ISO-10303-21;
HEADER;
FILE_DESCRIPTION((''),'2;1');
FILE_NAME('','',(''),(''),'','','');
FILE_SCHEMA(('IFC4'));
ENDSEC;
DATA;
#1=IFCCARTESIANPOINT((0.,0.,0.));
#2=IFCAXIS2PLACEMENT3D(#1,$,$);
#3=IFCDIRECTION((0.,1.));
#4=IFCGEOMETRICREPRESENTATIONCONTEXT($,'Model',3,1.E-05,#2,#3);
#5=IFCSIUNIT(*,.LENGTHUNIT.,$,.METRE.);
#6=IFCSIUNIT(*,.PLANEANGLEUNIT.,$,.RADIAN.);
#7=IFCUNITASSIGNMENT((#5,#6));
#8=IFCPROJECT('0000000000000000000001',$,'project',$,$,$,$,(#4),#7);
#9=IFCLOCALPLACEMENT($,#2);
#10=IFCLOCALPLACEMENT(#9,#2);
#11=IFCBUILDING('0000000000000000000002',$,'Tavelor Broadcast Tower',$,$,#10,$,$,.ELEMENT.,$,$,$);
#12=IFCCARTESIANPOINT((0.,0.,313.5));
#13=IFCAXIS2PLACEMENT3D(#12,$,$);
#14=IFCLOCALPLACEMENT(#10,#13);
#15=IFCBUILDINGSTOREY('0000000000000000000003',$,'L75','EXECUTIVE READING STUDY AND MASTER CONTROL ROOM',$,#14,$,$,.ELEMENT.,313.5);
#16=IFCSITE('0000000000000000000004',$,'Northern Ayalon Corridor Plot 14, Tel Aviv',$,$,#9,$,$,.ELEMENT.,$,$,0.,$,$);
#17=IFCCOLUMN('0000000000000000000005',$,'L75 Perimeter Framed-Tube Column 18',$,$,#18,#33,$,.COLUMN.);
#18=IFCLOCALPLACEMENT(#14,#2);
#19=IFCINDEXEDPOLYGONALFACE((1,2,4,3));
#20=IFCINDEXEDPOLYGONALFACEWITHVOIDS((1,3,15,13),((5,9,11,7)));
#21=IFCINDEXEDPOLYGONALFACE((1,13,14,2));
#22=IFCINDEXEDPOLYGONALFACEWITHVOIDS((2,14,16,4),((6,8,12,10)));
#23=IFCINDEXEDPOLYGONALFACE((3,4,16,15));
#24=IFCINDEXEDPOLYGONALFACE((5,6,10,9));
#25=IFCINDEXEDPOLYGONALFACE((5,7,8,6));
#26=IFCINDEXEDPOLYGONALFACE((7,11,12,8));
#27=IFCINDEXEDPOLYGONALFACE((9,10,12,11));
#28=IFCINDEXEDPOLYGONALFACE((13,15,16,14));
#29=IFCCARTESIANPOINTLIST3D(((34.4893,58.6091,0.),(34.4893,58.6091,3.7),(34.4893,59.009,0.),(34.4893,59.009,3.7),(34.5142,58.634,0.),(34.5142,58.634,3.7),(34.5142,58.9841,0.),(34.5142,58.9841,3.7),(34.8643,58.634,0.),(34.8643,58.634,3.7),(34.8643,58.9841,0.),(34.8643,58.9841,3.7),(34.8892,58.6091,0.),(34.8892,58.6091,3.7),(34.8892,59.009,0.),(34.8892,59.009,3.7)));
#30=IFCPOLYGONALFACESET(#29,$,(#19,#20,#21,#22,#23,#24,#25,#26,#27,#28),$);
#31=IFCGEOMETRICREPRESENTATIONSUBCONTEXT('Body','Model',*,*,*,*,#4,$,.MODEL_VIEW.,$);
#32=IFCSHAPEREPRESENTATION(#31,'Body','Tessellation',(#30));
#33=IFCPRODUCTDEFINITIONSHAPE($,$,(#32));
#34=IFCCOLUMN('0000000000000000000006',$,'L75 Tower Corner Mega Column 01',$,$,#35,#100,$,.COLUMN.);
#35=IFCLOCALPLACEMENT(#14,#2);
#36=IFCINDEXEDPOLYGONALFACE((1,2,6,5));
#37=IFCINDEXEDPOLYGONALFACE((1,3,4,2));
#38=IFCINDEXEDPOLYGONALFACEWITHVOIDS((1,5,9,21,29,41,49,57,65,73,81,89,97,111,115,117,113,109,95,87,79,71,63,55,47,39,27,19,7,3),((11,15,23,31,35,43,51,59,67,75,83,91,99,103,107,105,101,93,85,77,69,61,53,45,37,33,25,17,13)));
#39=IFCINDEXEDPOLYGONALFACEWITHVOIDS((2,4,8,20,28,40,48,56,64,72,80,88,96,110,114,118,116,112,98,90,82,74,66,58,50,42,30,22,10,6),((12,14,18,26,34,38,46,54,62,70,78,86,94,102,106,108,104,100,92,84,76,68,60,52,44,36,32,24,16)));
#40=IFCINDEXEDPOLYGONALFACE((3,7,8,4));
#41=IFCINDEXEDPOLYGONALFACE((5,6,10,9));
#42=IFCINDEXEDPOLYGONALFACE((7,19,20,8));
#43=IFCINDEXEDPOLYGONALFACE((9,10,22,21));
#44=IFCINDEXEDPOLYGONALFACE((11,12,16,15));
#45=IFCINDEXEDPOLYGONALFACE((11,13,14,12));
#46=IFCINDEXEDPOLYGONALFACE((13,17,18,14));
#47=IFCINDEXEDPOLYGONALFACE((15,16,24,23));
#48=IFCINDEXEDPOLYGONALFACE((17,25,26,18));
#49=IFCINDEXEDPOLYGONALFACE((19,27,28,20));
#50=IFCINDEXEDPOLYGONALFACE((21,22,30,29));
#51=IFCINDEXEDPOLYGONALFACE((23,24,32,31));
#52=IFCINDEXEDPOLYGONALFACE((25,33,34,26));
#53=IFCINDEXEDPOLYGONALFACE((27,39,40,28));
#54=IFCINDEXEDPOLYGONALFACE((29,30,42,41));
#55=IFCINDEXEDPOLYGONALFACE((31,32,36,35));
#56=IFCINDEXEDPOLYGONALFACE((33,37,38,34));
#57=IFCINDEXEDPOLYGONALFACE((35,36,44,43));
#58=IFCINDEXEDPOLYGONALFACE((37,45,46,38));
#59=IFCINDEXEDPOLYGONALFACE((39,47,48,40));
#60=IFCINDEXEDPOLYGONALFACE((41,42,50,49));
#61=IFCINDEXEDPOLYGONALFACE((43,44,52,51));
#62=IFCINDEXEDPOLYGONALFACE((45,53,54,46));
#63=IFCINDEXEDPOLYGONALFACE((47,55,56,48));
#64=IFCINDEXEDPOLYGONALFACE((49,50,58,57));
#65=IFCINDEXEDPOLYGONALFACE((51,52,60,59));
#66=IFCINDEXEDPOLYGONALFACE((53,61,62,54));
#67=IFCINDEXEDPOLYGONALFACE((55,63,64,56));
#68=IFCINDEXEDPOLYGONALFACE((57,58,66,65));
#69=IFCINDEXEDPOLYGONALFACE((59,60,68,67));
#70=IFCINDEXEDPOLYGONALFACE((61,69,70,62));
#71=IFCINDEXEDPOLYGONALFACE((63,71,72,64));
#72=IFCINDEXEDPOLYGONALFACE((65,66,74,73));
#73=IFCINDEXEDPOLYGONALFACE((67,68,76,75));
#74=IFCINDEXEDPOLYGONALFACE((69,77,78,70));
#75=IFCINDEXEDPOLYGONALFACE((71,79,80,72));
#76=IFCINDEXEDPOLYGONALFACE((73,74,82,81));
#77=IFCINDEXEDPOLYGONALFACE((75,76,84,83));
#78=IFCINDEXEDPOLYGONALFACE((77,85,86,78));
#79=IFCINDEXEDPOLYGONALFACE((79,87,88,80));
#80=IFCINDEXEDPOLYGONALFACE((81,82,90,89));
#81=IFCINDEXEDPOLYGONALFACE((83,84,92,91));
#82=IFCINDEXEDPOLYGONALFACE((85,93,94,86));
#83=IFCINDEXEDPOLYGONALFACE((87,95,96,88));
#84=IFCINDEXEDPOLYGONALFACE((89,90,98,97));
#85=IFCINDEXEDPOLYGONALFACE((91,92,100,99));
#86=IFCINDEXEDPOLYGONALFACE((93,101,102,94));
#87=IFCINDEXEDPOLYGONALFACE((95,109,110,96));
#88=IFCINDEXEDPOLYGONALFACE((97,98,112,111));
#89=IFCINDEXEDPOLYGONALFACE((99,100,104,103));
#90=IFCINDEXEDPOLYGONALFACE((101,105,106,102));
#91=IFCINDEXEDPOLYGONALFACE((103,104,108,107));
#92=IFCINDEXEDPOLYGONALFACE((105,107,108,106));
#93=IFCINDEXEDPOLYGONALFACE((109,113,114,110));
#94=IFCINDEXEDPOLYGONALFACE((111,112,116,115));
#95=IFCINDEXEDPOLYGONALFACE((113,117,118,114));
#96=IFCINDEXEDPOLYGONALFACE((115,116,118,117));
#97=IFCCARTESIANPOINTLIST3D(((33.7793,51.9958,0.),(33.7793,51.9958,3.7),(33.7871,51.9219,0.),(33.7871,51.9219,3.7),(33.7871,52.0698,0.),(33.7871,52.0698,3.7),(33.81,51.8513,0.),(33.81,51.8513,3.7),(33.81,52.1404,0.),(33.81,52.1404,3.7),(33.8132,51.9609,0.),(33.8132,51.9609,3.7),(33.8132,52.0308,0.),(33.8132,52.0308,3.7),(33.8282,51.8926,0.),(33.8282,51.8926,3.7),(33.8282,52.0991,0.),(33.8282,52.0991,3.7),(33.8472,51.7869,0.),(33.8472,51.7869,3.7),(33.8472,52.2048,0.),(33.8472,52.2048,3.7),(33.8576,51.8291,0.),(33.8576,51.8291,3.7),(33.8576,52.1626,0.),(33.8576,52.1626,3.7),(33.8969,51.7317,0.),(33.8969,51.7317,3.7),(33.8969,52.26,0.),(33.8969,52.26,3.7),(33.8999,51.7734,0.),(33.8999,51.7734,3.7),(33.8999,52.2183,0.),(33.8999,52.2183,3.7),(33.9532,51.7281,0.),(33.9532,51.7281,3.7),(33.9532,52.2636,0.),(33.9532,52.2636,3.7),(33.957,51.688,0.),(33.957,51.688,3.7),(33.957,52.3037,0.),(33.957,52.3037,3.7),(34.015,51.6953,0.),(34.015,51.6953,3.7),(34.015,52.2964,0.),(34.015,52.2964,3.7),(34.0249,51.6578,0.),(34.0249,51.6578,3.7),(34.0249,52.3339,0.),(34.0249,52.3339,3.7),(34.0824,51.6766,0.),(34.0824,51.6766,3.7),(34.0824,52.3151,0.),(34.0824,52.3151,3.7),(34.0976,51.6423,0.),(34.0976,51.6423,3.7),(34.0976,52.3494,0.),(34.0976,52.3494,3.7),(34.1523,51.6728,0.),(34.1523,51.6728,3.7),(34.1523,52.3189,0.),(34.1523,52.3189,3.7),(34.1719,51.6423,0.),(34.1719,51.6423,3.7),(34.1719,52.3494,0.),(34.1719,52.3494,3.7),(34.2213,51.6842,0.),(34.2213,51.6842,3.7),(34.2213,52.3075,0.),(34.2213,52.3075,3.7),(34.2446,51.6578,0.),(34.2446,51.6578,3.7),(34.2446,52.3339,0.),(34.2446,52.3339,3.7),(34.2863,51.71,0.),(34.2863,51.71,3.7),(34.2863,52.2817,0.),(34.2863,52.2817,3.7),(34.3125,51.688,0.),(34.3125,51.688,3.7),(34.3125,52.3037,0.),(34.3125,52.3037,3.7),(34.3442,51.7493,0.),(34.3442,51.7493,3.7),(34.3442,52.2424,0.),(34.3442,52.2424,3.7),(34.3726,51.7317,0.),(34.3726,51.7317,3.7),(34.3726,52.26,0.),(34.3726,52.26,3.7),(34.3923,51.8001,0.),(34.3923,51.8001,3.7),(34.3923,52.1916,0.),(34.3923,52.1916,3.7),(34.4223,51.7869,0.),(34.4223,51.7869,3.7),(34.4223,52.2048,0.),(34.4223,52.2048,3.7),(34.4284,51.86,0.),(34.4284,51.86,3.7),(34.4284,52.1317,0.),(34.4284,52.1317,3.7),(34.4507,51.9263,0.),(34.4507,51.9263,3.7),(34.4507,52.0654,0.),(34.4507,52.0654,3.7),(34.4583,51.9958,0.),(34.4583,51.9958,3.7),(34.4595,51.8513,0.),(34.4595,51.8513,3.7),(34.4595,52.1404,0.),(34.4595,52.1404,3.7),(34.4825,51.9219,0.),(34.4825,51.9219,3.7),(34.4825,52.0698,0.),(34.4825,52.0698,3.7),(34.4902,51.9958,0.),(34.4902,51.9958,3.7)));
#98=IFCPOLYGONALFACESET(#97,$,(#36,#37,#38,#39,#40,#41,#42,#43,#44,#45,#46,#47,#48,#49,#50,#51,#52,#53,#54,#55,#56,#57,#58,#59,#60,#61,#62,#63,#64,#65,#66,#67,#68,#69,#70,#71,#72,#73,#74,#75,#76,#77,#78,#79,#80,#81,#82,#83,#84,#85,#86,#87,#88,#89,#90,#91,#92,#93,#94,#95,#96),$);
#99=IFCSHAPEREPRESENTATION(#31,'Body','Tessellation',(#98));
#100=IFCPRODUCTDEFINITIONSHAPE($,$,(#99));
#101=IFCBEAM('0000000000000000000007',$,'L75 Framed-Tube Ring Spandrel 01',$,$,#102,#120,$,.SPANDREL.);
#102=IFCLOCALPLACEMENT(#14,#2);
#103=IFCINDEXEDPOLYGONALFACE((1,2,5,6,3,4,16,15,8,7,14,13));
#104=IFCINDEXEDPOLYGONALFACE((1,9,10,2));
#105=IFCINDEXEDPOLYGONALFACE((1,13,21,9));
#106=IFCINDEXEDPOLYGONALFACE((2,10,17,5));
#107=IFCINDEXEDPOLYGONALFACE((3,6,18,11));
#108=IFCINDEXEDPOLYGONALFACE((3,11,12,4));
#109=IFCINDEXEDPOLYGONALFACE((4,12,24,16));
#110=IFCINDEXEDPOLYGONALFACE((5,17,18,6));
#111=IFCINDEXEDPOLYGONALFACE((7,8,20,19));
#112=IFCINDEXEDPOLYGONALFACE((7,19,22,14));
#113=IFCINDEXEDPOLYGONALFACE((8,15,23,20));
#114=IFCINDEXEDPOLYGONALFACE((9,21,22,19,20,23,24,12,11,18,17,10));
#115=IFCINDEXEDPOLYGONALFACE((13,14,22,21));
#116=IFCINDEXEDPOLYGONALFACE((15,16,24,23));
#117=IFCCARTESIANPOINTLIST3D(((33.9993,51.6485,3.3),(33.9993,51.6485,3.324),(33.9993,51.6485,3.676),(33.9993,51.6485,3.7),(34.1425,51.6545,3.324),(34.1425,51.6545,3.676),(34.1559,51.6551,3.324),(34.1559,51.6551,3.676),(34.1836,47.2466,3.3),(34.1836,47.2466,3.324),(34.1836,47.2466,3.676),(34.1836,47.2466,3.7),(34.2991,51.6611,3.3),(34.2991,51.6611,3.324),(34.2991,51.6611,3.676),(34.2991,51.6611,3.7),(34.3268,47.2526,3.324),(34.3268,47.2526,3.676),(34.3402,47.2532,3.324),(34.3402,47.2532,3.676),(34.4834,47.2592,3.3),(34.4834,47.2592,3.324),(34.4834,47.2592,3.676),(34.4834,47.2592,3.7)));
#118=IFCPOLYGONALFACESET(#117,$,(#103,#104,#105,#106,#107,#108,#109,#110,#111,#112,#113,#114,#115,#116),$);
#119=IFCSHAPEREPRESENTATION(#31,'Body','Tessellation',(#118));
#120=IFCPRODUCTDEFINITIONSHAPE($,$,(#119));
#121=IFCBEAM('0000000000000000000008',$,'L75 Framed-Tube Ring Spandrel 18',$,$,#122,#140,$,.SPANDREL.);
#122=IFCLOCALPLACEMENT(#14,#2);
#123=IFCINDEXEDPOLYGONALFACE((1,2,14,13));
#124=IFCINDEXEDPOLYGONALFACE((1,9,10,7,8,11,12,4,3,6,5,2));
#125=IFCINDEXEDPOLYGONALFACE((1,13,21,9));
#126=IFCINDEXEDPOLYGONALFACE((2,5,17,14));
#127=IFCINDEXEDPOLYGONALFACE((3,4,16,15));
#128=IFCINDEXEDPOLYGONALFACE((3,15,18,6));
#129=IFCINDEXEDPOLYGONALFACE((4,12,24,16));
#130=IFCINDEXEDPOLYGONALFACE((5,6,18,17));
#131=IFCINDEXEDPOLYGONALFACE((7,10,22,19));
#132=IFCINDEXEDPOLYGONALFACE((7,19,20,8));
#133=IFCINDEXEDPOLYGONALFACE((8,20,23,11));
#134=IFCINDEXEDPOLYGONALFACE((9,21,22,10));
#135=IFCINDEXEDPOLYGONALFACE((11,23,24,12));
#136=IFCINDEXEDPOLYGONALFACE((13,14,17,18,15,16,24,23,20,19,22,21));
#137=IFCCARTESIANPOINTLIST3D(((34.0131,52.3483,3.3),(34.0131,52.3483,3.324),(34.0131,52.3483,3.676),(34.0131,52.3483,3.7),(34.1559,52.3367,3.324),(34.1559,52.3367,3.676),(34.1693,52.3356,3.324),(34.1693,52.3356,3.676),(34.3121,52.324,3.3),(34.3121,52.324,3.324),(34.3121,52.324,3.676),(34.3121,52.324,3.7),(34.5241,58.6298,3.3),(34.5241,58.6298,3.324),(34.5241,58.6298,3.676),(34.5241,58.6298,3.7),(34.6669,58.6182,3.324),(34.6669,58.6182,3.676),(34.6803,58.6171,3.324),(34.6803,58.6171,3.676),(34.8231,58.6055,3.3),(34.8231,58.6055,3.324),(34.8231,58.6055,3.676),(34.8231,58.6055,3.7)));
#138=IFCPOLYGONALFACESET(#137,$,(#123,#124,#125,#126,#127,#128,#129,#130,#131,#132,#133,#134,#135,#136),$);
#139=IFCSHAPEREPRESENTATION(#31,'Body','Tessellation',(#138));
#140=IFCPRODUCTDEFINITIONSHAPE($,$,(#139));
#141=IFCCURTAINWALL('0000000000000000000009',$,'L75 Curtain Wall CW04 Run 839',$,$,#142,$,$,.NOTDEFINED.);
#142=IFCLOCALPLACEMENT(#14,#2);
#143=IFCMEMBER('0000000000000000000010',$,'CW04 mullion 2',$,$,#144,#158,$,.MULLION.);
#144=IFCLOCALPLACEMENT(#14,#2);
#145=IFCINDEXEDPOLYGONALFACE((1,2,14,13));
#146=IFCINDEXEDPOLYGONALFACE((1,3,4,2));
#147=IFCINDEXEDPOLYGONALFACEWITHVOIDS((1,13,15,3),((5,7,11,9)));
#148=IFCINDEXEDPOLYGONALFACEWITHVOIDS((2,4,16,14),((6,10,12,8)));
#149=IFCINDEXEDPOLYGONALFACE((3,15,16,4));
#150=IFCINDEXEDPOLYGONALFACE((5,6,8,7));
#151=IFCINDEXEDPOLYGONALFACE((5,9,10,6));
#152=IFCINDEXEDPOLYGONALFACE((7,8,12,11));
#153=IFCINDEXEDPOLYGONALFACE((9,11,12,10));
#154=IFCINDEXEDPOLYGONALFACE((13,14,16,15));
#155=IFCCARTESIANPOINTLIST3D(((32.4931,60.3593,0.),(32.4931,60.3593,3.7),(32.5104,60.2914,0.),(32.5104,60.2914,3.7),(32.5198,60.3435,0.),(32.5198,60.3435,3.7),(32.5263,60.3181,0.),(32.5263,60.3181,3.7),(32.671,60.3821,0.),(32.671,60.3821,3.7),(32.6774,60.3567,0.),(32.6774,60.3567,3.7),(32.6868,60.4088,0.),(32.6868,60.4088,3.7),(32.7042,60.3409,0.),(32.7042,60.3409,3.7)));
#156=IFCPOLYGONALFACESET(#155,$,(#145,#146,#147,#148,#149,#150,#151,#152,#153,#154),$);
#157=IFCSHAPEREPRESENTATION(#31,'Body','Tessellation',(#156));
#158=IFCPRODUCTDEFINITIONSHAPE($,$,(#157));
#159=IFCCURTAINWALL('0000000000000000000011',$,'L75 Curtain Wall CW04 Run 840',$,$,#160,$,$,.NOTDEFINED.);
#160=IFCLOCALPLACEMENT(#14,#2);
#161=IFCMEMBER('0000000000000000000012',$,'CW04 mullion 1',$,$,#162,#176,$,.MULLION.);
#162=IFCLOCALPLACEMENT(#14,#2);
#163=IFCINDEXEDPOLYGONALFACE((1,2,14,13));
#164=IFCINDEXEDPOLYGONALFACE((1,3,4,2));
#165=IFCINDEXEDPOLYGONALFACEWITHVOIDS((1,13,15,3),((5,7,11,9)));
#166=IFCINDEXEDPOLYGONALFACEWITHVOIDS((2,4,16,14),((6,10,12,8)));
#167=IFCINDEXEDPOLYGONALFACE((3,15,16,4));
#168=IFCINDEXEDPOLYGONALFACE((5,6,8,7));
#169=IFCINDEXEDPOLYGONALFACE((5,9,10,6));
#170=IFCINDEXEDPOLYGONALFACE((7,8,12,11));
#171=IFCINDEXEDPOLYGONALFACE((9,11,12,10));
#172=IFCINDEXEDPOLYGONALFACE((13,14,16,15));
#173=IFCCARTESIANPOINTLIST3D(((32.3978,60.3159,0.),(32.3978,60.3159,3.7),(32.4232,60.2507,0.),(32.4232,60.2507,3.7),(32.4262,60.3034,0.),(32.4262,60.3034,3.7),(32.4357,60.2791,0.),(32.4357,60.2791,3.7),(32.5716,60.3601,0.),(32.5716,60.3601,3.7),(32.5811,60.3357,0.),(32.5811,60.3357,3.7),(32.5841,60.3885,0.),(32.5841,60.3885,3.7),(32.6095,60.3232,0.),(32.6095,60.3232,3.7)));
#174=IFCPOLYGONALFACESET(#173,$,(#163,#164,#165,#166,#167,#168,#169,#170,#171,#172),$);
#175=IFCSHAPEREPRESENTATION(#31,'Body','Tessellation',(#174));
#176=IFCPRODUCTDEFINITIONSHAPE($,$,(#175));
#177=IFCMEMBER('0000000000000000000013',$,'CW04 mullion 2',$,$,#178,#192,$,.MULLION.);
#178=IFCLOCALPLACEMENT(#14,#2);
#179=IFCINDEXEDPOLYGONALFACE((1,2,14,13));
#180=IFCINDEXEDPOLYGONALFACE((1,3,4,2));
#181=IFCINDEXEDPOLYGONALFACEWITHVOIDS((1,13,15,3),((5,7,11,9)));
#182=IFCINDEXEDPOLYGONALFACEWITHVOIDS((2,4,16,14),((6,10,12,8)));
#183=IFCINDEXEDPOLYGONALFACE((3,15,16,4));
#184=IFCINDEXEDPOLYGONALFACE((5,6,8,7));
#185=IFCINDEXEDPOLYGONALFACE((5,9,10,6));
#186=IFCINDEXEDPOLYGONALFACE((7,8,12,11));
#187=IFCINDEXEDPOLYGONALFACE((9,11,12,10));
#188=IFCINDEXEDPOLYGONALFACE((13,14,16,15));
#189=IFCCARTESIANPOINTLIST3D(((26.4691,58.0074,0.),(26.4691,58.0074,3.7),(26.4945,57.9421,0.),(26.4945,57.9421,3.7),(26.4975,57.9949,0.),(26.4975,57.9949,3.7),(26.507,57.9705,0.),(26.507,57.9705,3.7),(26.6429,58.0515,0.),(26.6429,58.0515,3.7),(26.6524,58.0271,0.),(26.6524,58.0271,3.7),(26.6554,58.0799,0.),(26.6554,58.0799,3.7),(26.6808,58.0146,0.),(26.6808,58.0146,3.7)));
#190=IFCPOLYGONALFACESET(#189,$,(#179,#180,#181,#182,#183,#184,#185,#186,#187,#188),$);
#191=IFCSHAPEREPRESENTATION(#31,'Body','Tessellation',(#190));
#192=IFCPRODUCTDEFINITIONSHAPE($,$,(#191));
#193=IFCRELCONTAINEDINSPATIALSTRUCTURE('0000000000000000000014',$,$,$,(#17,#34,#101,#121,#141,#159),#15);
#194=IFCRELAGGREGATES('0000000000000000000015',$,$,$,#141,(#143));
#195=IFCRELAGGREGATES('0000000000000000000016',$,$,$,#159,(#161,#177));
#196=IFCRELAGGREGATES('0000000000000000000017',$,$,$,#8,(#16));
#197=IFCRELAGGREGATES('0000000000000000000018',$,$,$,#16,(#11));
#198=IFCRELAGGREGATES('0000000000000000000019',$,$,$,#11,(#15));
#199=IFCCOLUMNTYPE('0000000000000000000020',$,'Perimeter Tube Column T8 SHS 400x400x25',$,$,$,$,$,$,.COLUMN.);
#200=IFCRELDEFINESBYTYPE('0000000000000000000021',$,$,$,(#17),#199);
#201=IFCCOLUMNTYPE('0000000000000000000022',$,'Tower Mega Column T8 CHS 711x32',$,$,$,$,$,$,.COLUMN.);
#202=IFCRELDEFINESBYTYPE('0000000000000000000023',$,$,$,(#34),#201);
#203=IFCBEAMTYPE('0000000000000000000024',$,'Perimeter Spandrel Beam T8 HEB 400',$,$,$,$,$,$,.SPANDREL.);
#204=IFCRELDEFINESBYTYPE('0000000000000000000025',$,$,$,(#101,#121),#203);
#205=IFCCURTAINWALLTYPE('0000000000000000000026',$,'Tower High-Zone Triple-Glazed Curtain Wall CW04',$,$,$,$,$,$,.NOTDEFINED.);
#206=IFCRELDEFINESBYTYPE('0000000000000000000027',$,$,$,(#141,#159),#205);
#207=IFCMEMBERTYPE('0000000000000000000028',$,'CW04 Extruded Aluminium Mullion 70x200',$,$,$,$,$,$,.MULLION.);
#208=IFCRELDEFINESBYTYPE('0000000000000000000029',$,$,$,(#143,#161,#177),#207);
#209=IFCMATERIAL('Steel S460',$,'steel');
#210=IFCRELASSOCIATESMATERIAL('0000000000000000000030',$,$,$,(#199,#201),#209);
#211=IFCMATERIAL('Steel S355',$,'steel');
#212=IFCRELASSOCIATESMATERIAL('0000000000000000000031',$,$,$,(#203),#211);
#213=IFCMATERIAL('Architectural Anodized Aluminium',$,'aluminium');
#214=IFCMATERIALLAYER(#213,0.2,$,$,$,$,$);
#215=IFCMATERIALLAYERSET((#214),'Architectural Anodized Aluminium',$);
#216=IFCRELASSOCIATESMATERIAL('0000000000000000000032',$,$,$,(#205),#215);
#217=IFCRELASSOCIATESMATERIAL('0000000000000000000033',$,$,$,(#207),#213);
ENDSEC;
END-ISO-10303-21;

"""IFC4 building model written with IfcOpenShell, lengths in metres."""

from ifc_helpers import new_model, si_unit, direction, frame, origin, origin_2d, place, context, subcontext, project, spatial, hollow_rectangle, hollow_circle, i_section, extrude, source, transform, mapped, material, layer, layer_set, material_profile, profile_set, type_object, type_shapes, element, aggregate, save


model = new_model("IFC4")

# Units and contexts
model_context = context("Model", 3, precision=1e-05, world=origin(), true_north=direction((0.0, 1.0)))
body_context = subcontext(model_context, "Body", "Model", "MODEL_VIEW")
ifc_project = project(units=[si_unit("LENGTHUNIT", "METRE"), si_unit("PLANEANGLEUNIT", "RADIAN")], contexts=[model_context])

# Site, building, storey
site_placement = place(None, origin())
site = spatial("IfcSite", under=ifc_project, at=site_placement, Name="Northern Ayalon Corridor Plot 14, Tel Aviv", CompositionType="ELEMENT", RefElevation=0.0)
building_placement = place(site_placement, origin())
building = spatial("IfcBuilding", under=site, at=building_placement, Name="Tavelor Broadcast Tower", CompositionType="ELEMENT")
storey_placement = place(building_placement, frame((0.0, 0.0, 313.5)))
storey = spatial("IfcBuildingStorey", under=building, at=storey_placement, Name="L75", Description="EXECUTIVE READING STUDY AND MASTER CONTROL ROOM", CompositionType="ELEMENT", Elevation=313.5)

# Columns
ifc_material_1 = material(Name="Steel S460", Category="steel")
ifc_material_profile_1 = material_profile(ifc_material_1, hollow_rectangle(XDim=0.3999, YDim=0.3999, WallThickness=0.0249, at=origin_2d()), Name="SHS 400x400x25")
ifc_profile_set_1 = profile_set([ifc_material_profile_1], Name="Steel S460")
column_type_1 = type_object("IfcColumnType", Name="Perimeter Tube Column T8 SHS 400x400x25", PredefinedType="COLUMN", material=ifc_profile_set_1)
column_1_placement = place(storey_placement, frame((34.6892, 58.8091, 0.0), z_axis=(0.0, 0.0, 1.0), x_axis=(1.0, 0.0, 0.0)))
element("IfcColumn", 1, at=column_1_placement, inside=storey, type_object=column_type_1, Name="L75 Perimeter Framed-Tube Column 18", PredefinedType="COLUMN", context=body_context, shape_type="SweptSolid", body=[
    extrude(hollow_rectangle(XDim=0.3999, YDim=0.3999, WallThickness=0.0249, at=origin_2d()), origin(), (0.0, 0.0, 1.0), 3.7),
])
ifc_material_profile_2 = material_profile(ifc_material_1, hollow_circle(Radius=0.3555, WallThickness=0.032, at=origin_2d()), Name="CHS 711x32")
ifc_profile_set_2 = profile_set([ifc_material_profile_2], Name="Steel S460")
column_type_2 = type_object("IfcColumnType", Name="Tower Mega Column T8 CHS 711x32", PredefinedType="COLUMN", material=ifc_profile_set_2)
column_2_placement = place(storey_placement, frame((34.1348, 51.9958, 0.0), z_axis=(0.0, 0.0, 1.0), x_axis=(1.0, 0.0, 0.0)))
element("IfcColumn", 2, at=column_2_placement, inside=storey, type_object=column_type_2, Name="L75 Tower Corner Mega Column 01", PredefinedType="COLUMN", context=body_context, shape_type="SweptSolid", body=[
    extrude(hollow_circle(Radius=0.3555, WallThickness=0.032, at=origin_2d()), origin(), (0.0, 0.0, 1.0), 3.7),
])

# Beams
ifc_material_2 = material(Name="Steel S355", Category="steel")
ifc_material_profile_3 = material_profile(ifc_material_2, i_section(OverallWidth=0.3, OverallDepth=0.3999, WebThickness=0.0134, FlangeThickness=0.0239, at=origin_2d()), Name="HEB 400")
ifc_profile_set_3 = profile_set([ifc_material_profile_3], Name="Steel S355")
beam_type = type_object("IfcBeamType", Name="Perimeter Spandrel Beam T8 HEB 400", PredefinedType="SPANDREL", material=ifc_profile_set_3)
beam_1_placement = place(storey_placement, frame((34.1492, 51.6548, 3.5), z_axis=(0.041838, -0.999124, 0.0), x_axis=(0.999124, 0.041838, 0.0)))
element("IfcBeam", 3, at=beam_1_placement, inside=storey, type_object=beam_type, Name="L75 Framed-Tube Ring Spandrel 01", PredefinedType="SPANDREL", context=body_context, shape_type="SweptSolid", body=[
    extrude(i_section(OverallWidth=0.3, OverallDepth=0.3999, WebThickness=0.0134, FlangeThickness=0.0239, at=origin_2d()), origin(), (0.0, 0.0, 1.0), 4.4058),
])
beam_2_placement = place(storey_placement, frame((34.6736, 58.6177, 3.5), z_axis=(-0.08108, -0.996708, 0.0), x_axis=(0.996708, -0.08108, 0.0)))
element("IfcBeam", 4, at=beam_2_placement, inside=storey, type_object=beam_type, Name="L75 Framed-Tube Ring Spandrel 18", PredefinedType="SPANDREL", context=body_context, shape_type="SweptSolid", body=[
    extrude(i_section(OverallWidth=0.3, OverallDepth=0.3999, WebThickness=0.0134, FlangeThickness=0.0239, at=origin_2d()), origin(), (0.0, 0.0, 1.0), 6.3022),
])

# Curtain wall, member
ifc_material_3 = material(Name="Architectural Anodized Aluminium", Category="aluminium")
ifc_layer_1 = layer(ifc_material_3, 0.2)
ifc_layer_set_1 = layer_set([ifc_layer_1], Name="Architectural Anodized Aluminium")
curtain_wall_type = type_object("IfcCurtainWallType", Name="Tower High-Zone Triple-Glazed Curtain Wall CW04", PredefinedType="NOTDEFINED", material=ifc_layer_set_1)
curtain_wall_1_placement = place(storey_placement, origin())
curtain_wall_1 = element("IfcCurtainWall", 5, at=curtain_wall_1_placement, inside=storey, type_object=curtain_wall_type, Name="L75 Curtain Wall CW04 Run 839", PredefinedType="NOTDEFINED")
ifc_material_profile_4 = material_profile(ifc_material_3, hollow_rectangle(XDim=0.0701, YDim=0.2, WallThickness=0.022, at=origin_2d()), Name="RHS 70x200x22")
ifc_profile_set_4 = profile_set([ifc_material_profile_4], Name="Architectural Anodized Aluminium")
member_type_1 = type_object("IfcMemberType", Name="CW04 Extruded Aluminium Mullion 70x200", PredefinedType="MULLION", material=ifc_profile_set_4)
shared_shape_1 = source(origin(), body_context, "Body", "SweptSolid", [
    extrude(hollow_rectangle(XDim=0.0701, YDim=0.2, WallThickness=0.022, at=origin_2d()), origin(), (0.0, 0.0, 1.0), 3.7),
])
type_shapes(member_type_1, [shared_shape_1])
member_1_placement = place(storey_placement, frame((32.5986, 60.3501, 0.0), z_axis=(0.0, 0.0, 1.0), x_axis=(0.247428, -0.968906, 0.0)))
member_1 = element("IfcMember", 6, at=member_1_placement, type_object=member_type_1, Name="CW04 mullion 2", PredefinedType="MULLION", context=body_context, shape_type="MappedRepresentation", body=[
    mapped(shared_shape_1, transform((0.0, 0.0, 0.0), scale=1.0)),
])
aggregate(curtain_wall_1, [member_1])

# Curtain wall, members
curtain_wall_2_placement = place(storey_placement, origin())
curtain_wall_2 = element("IfcCurtainWall", 7, at=curtain_wall_2_placement, inside=storey, type_object=curtain_wall_type, Name="L75 Curtain Wall CW04 Run 840", PredefinedType="NOTDEFINED")
member_2_placement = place(storey_placement, frame((32.5037, 60.3196, 0.0), z_axis=(0.0, 0.0, 1.0), x_axis=(0.362857, -0.931845, 0.0)))
member_2 = element("IfcMember", 8, at=member_2_placement, type_object=member_type_1, Name="CW04 mullion 1", PredefinedType="MULLION", context=body_context, shape_type="MappedRepresentation", body=[
    mapped(shared_shape_1, transform((0.0, 0.0, 0.0), scale=1.0)),
])
member_3_placement = place(storey_placement, frame((26.575, 58.011, 0.0), z_axis=(0.0, 0.0, 1.0), x_axis=(0.362857, -0.931845, 0.0)))
member_3 = element("IfcMember", 9, at=member_3_placement, type_object=member_type_1, Name="CW04 mullion 2", PredefinedType="MULLION", context=body_context, shape_type="MappedRepresentation", body=[
    mapped(shared_shape_1, transform((0.0, 0.0, 0.0), scale=1.0)),
])

aggregate(curtain_wall_2, [member_2, member_3])

save(model, "model.ifc")
